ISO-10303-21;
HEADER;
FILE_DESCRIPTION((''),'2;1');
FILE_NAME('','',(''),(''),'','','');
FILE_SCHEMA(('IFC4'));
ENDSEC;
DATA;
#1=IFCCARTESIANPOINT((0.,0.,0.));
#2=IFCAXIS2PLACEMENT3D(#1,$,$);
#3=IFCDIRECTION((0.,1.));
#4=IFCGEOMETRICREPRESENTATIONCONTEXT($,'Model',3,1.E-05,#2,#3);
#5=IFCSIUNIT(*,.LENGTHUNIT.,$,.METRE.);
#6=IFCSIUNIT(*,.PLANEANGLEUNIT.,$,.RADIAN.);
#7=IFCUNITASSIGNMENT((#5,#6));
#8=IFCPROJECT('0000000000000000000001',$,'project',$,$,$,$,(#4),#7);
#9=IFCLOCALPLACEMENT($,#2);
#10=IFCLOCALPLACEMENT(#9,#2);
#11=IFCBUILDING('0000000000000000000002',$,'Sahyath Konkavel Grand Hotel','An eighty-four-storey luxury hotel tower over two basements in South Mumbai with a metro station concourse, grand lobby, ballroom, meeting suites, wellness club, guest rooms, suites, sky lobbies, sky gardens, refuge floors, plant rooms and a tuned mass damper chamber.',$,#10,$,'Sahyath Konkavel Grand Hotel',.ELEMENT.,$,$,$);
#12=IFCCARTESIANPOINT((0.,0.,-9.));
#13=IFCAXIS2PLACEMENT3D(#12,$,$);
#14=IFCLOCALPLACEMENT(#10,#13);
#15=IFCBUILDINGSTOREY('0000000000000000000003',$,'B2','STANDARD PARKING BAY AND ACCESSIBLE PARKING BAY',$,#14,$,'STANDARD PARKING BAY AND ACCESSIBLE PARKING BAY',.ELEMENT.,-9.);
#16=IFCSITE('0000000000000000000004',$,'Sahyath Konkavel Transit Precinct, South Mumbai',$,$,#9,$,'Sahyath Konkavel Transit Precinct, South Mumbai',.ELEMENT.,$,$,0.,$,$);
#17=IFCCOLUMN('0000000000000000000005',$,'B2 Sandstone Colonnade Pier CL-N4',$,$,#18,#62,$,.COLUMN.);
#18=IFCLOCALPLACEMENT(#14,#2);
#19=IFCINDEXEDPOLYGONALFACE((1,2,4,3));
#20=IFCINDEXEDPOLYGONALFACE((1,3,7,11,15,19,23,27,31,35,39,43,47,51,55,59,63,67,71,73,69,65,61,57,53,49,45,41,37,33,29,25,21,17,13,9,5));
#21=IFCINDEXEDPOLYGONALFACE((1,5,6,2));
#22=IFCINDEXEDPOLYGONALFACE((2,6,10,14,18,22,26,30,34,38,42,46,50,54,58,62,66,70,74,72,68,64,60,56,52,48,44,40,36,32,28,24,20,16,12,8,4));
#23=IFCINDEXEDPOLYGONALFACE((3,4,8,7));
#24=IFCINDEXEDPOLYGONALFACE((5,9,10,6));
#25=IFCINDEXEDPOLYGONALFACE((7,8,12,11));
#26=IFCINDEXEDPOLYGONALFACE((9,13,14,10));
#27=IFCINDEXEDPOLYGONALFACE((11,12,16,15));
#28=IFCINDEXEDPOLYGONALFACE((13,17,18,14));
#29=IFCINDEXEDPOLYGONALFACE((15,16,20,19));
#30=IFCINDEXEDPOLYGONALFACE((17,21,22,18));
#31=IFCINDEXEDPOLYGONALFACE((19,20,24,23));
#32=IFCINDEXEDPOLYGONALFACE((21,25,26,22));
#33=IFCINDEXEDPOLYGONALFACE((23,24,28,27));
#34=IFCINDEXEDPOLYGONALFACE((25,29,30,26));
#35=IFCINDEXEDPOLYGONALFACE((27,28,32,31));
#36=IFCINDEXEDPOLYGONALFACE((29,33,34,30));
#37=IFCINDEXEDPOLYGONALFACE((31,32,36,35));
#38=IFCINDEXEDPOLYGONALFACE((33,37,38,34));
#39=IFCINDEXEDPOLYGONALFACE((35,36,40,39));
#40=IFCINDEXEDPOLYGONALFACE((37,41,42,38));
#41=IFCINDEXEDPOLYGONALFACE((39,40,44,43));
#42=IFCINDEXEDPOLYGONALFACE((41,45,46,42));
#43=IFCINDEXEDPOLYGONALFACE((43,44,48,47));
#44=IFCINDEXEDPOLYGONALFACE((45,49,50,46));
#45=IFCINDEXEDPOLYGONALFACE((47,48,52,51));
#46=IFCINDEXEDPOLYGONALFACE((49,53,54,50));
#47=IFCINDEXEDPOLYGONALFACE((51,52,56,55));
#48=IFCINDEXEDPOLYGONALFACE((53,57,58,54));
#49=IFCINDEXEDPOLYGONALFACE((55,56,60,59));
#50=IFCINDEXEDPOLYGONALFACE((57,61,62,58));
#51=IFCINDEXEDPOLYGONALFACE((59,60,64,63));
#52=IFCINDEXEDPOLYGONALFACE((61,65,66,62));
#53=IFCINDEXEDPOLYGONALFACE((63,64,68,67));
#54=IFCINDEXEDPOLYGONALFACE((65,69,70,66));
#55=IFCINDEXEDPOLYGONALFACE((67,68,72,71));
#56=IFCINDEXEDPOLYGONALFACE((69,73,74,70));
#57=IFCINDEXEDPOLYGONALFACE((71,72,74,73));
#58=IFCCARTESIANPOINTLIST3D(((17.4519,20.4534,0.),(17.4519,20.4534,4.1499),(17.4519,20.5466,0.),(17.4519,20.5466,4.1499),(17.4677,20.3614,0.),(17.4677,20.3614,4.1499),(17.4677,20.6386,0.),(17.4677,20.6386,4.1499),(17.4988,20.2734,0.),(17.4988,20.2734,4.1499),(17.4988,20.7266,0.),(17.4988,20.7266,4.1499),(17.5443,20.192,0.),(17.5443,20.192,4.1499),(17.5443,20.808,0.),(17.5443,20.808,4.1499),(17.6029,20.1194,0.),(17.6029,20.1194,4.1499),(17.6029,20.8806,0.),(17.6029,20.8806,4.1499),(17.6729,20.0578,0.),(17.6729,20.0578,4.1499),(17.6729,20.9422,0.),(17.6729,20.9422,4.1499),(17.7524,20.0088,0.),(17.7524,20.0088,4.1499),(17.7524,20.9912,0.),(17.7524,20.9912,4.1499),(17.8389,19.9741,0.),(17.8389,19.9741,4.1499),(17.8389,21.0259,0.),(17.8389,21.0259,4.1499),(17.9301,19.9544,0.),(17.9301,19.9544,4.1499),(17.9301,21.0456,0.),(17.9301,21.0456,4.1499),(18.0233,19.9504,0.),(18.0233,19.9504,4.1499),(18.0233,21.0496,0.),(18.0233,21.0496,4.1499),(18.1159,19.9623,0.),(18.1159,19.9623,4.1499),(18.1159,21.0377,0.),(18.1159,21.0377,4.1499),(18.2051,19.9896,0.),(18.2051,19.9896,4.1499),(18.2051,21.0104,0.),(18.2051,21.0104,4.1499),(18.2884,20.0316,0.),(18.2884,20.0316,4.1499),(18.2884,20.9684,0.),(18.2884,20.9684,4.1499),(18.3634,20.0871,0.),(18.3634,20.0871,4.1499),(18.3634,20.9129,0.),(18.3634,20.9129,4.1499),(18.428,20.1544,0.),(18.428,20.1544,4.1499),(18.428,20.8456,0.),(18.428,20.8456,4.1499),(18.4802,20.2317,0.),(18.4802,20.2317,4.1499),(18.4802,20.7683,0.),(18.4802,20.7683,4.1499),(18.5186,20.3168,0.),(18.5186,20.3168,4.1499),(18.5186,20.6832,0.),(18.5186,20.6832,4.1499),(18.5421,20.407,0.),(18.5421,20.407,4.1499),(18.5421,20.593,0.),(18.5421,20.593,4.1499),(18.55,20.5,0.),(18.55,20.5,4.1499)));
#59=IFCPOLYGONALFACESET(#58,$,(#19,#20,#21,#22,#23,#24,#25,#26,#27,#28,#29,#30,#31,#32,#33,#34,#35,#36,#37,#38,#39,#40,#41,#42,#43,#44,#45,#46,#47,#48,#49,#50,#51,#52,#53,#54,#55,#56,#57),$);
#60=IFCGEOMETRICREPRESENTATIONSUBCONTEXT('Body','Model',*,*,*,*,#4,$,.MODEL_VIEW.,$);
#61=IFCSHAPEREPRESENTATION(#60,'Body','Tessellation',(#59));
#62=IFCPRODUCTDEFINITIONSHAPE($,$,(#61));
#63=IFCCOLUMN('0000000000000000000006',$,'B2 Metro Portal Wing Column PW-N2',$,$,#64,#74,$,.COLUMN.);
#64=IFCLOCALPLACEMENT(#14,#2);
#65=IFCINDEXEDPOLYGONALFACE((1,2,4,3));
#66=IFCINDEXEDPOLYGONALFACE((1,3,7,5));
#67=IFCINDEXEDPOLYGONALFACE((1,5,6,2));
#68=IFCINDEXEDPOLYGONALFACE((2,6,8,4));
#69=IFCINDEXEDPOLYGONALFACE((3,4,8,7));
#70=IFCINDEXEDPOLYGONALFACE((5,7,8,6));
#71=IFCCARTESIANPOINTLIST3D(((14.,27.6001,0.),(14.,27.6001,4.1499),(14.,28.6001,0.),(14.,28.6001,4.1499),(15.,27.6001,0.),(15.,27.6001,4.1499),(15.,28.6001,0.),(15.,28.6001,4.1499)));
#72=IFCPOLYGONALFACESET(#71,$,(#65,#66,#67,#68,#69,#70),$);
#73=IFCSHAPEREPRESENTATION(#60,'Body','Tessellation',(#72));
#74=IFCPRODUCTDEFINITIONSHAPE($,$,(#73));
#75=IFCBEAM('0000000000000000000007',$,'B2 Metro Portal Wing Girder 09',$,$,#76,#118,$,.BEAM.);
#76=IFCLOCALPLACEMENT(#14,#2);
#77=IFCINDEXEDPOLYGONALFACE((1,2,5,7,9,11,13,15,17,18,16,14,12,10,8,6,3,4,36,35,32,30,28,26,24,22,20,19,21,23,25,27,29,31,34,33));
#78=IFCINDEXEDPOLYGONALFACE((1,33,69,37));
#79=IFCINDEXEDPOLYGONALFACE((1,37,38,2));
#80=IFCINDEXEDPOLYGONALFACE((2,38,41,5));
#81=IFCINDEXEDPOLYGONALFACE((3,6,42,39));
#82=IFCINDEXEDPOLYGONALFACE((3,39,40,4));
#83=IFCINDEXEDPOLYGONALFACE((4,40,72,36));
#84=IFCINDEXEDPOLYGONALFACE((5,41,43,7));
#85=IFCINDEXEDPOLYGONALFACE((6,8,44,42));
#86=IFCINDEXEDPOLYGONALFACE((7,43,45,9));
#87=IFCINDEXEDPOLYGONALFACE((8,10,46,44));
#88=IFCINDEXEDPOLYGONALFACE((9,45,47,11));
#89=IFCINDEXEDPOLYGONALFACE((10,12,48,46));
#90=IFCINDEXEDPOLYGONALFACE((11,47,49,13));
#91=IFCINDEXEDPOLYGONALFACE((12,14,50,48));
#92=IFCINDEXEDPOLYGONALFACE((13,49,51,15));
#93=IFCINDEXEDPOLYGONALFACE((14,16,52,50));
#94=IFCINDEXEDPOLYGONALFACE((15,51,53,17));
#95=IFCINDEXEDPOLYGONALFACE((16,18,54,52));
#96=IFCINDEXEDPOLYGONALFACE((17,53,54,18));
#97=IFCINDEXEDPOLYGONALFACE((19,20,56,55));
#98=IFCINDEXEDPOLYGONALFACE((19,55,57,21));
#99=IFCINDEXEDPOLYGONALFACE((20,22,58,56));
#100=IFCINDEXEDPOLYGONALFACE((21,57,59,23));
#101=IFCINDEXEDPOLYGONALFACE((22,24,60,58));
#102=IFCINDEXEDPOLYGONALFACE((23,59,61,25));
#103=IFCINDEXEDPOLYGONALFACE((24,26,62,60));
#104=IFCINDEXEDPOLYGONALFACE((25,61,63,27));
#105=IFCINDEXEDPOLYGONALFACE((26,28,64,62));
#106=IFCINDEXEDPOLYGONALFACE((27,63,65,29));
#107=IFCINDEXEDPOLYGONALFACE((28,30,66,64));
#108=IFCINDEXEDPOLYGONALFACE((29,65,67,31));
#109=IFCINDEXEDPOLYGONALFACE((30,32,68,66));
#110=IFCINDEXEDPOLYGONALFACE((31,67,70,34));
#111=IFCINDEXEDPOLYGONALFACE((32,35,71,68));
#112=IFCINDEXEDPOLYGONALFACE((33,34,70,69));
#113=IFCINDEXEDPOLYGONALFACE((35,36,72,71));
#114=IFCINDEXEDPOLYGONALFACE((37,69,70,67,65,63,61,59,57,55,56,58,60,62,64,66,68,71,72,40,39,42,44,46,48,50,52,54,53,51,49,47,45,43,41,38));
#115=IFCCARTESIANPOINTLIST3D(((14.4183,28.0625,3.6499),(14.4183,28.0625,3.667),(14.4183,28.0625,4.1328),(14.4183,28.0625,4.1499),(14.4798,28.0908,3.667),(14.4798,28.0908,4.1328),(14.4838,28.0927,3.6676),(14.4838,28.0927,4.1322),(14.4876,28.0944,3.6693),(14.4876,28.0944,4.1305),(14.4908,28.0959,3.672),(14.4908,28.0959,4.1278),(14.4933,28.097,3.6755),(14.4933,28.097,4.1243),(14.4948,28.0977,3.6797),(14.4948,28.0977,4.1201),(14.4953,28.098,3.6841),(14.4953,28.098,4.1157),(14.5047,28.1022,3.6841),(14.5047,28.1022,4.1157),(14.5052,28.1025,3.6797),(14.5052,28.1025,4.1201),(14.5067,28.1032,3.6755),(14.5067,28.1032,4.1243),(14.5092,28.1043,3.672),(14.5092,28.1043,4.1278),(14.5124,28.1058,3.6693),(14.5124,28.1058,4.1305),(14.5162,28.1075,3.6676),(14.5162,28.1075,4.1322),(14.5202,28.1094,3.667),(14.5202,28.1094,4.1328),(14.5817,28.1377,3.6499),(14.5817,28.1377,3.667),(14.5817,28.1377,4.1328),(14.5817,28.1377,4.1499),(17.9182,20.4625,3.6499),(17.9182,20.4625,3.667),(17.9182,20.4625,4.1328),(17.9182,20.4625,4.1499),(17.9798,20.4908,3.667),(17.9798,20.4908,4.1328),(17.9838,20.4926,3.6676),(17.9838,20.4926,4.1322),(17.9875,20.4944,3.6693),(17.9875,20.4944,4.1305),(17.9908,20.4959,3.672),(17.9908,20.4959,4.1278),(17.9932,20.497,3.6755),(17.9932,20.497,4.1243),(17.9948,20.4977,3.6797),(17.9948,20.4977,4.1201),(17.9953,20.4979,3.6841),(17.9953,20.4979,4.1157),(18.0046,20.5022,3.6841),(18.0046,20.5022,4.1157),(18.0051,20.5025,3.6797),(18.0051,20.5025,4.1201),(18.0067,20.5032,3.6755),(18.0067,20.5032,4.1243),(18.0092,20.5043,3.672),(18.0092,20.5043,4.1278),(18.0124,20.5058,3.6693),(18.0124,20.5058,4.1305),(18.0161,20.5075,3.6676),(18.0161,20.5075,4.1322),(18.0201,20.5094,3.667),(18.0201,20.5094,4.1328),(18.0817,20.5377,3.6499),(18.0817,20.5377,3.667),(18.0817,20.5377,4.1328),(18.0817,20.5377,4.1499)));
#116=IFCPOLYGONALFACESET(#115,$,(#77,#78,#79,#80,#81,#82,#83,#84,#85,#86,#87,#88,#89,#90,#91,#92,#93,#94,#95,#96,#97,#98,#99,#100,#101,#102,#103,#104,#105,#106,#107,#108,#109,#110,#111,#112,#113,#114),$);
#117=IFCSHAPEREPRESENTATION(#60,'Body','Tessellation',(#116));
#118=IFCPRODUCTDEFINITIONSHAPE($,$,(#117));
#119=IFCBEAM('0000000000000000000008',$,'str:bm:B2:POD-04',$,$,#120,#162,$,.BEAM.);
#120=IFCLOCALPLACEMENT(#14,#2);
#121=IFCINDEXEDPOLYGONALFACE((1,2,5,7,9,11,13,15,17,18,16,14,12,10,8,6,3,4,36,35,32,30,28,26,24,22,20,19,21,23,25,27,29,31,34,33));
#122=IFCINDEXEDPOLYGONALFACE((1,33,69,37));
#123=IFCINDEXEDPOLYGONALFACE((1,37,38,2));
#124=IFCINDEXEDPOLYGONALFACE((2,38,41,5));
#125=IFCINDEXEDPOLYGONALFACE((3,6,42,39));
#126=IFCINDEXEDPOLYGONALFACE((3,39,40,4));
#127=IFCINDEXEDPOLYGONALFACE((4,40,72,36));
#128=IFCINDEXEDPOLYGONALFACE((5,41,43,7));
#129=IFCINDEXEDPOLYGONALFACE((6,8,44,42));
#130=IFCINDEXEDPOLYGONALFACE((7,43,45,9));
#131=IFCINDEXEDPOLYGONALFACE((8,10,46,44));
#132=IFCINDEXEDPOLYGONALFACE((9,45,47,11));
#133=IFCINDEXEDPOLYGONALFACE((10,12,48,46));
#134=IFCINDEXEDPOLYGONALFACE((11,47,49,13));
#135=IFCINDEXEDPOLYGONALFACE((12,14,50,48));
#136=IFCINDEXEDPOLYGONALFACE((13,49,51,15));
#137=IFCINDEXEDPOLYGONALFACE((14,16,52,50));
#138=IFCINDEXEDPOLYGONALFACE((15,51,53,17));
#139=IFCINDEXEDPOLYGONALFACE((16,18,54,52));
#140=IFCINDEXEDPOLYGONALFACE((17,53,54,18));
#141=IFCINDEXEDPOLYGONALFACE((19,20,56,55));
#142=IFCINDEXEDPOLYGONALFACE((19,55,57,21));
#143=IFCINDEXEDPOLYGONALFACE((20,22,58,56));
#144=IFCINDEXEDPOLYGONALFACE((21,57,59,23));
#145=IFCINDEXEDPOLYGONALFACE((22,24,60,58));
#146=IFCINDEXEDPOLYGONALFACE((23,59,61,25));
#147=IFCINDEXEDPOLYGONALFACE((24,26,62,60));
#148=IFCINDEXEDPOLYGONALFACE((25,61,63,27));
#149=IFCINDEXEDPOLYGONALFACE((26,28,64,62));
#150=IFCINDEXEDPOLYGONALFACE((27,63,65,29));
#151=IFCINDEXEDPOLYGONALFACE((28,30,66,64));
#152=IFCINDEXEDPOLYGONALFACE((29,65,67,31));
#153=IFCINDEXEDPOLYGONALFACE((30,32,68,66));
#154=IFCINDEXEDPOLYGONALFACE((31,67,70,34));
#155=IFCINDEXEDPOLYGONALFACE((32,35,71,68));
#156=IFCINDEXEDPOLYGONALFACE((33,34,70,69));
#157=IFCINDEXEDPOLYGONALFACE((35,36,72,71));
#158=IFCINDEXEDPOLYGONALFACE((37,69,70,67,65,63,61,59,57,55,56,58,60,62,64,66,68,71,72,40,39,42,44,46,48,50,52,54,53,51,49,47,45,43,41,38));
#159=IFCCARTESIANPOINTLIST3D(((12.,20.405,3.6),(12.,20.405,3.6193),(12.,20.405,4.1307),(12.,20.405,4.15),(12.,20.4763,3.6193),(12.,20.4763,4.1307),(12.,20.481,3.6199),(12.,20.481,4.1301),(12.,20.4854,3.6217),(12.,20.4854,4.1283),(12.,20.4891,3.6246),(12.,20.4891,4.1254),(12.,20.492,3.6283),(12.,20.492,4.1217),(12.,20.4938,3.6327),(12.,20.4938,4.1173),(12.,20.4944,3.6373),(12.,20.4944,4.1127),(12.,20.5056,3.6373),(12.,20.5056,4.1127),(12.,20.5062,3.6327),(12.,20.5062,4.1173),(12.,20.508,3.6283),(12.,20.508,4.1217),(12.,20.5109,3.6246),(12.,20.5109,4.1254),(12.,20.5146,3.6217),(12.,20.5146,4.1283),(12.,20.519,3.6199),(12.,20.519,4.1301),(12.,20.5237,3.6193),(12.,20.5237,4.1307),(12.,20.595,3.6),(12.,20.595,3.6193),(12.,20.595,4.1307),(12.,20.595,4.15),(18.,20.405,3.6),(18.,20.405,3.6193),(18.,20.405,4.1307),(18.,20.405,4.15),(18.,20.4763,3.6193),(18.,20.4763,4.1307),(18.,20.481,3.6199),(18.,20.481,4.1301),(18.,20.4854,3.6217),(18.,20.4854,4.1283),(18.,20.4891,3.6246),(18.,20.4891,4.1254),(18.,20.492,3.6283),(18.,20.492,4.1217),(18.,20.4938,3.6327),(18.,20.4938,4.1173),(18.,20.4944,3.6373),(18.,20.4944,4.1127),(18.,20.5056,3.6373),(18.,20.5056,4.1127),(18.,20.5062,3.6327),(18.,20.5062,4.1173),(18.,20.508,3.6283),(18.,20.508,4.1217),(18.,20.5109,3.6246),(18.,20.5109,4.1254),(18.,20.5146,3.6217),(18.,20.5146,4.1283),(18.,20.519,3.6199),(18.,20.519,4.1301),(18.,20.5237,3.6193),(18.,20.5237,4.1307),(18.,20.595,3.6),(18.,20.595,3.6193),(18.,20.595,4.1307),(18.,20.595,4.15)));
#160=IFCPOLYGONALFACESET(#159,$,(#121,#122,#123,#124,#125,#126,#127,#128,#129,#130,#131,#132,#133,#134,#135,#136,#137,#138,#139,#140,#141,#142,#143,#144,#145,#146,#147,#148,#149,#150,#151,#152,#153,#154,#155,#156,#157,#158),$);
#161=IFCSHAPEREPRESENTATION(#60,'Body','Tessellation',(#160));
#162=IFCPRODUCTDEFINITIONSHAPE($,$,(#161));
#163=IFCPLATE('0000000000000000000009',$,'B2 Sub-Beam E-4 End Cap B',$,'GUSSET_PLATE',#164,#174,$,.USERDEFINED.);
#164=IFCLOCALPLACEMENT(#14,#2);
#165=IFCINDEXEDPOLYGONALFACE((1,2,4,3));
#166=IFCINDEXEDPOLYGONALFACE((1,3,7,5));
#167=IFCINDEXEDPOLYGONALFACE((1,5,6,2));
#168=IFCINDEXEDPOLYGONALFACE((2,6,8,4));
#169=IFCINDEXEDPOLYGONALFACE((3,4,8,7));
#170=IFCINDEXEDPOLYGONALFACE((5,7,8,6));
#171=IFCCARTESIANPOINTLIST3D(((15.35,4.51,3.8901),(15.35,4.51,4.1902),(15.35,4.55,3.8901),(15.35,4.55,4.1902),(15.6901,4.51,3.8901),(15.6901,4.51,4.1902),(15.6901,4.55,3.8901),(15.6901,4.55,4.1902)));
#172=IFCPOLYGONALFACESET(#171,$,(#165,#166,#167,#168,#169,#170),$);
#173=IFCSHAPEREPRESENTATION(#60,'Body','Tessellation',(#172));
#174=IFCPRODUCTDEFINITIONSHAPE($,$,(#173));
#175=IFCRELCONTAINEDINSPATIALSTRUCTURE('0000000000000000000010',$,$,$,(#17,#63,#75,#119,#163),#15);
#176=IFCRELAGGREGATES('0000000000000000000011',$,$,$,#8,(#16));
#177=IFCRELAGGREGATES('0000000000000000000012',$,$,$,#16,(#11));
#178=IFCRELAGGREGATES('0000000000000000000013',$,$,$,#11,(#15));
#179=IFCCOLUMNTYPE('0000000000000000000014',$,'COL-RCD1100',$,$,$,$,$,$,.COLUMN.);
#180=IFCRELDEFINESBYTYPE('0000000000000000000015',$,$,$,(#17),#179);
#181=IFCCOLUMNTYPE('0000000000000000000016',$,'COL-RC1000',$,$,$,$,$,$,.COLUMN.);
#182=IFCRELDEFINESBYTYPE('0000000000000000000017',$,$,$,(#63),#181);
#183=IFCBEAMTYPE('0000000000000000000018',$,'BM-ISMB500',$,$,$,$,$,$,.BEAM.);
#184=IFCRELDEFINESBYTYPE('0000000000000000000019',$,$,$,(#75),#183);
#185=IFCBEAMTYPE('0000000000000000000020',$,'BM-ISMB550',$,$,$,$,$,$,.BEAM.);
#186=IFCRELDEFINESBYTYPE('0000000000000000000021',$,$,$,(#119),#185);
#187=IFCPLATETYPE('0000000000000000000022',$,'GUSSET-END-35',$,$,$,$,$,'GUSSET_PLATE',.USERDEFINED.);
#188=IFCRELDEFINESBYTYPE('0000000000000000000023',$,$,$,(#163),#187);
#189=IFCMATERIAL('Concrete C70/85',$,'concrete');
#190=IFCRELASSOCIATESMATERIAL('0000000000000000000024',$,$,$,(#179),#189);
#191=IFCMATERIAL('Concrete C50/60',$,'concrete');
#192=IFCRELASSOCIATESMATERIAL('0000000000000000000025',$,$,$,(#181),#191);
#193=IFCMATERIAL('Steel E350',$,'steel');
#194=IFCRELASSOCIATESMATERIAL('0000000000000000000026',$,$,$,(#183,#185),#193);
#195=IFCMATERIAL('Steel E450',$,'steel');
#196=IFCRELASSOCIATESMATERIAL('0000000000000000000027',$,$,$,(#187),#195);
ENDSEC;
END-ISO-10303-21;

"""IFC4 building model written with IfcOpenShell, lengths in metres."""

from ifc_helpers import new_model, si_unit, direction, frame, origin, origin_2d, place, context, subcontext, project, spatial, rectangle, circle, i_section, extrude, source, transform, mapped, material, material_profile, profile_set, type_object, element, save


model = new_model("IFC4")

# Units and contexts
model_context = context("Model", 3, precision=1e-05, world=origin(), true_north=direction((0.0, 1.0)))
body_context = subcontext(model_context, "Body", "Model", "MODEL_VIEW")
ifc_project = project(units=[si_unit("LENGTHUNIT", "METRE"), si_unit("PLANEANGLEUNIT", "RADIAN")], contexts=[model_context])

# Site, building, storey
site_placement = place(None, origin())
site = spatial("IfcSite", under=ifc_project, at=site_placement, Name="Sahyath Konkavel Transit Precinct, South Mumbai", LongName="Sahyath Konkavel Transit Precinct, South Mumbai", CompositionType="ELEMENT", RefElevation=0.0)
building_placement = place(site_placement, origin())
building = spatial("IfcBuilding", under=site, at=building_placement, Name="Sahyath Konkavel Grand Hotel", Description="An eighty-four-storey luxury hotel tower over two basements in South Mumbai with a metro station concourse, grand lobby, ballroom, meeting suites, wellness club, guest rooms, suites, sky lobbies, sky gardens, refuge floors, plant rooms and a tuned mass damper chamber.", LongName="Sahyath Konkavel Grand Hotel", CompositionType="ELEMENT")
storey_placement = place(building_placement, frame((0.0, 0.0, -9.0)))
storey = spatial("IfcBuildingStorey", under=building, at=storey_placement, Name="B2", Description="STANDARD PARKING BAY AND ACCESSIBLE PARKING BAY", LongName="STANDARD PARKING BAY AND ACCESSIBLE PARKING BAY", CompositionType="ELEMENT", Elevation=-9.0)

# Shared definitions
ifc_material_1 = material(Name="Concrete C50/60", Category="concrete")

# Columns
ifc_material_2 = material(Name="Concrete C70/85", Category="concrete")
ifc_material_profile_1 = material_profile(ifc_material_2, circle(Radius=0.55, at=origin_2d()), Name="RC D1100")
ifc_profile_set_1 = profile_set([ifc_material_profile_1], Name="Concrete C70/85")
column_type_1 = type_object("IfcColumnType", Name="COL-RCD1100", PredefinedType="COLUMN", material=ifc_profile_set_1)
shared_shape_1 = source(origin(), body_context, "Body", "SweptSolid", [
    extrude(circle(Radius=0.55, at=origin_2d()), origin(), (0.0, 0.0, 1.0), 4.1499),
])
for number, where, z_axis, x_axis, name in (
    (1, (18.0, 20.5, 0.0), (0.0, 0.0, 1.0), (1.0, 0.0, 0.0), "B2 Sandstone Colonnade Pier CL-N4"),
):
    element("IfcColumn", number, at=place(storey_placement, frame(where, z_axis=z_axis, x_axis=x_axis)), inside=storey, type_object=column_type_1, Name=name, PredefinedType="COLUMN", context=body_context, shape_type="MappedRepresentation", body=[
        mapped(shared_shape_1, transform((0.0, 0.0, 0.0), scale=1.0)),
    ])
ifc_material_profile_2 = material_profile(ifc_material_1, rectangle(XDim=1.0, YDim=1.0, at=origin_2d()), Name="RC 1000x1000")
ifc_profile_set_2 = profile_set([ifc_material_profile_2], Name="Concrete C50/60")
column_type_2 = type_object("IfcColumnType", Name="COL-RC1000", PredefinedType="COLUMN", material=ifc_profile_set_2)
shared_shape_2 = source(origin(), body_context, "Body", "SweptSolid", [
    extrude(rectangle(XDim=1.0, YDim=1.0, at=origin_2d()), origin(), (0.0, 0.0, 1.0), 4.1499),
])
column_placement = place(storey_placement, frame((14.5, 28.1001, 0.0), z_axis=(0.0, 0.0, 1.0), x_axis=(1.0, 0.0, 0.0)))
element("IfcColumn", 2, at=column_placement, inside=storey, type_object=column_type_2, Name="B2 Metro Portal Wing Column PW-N2", PredefinedType="COLUMN", context=body_context, shape_type="MappedRepresentation", body=[
    mapped(shared_shape_2, transform((0.0, 0.0, 0.0), scale=1.0)),
])

# Beams
ifc_material_3 = material(Name="Steel E350", Category="steel")
ifc_material_profile_3 = material_profile(ifc_material_3, i_section(OverallWidth=0.1799, OverallDepth=0.5, WebThickness=0.0103, FlangeThickness=0.0171, FilletRadius=0.0171, at=origin_2d()), Name="ISMB 500")
ifc_profile_set_3 = profile_set([ifc_material_profile_3], Name="Steel E350")
beam_type_1 = type_object("IfcBeamType", Name="BM-ISMB500", PredefinedType="BEAM", material=ifc_profile_set_3)
shared_shape_3 = source(origin(), body_context, "Body", "SweptSolid", [
    extrude(i_section(OverallWidth=0.1799, OverallDepth=0.5, WebThickness=0.0103, FlangeThickness=0.0171, FilletRadius=0.0171, at=origin_2d()), origin(), (0.0, 0.0, 1.0), 8.3672),
])
beam_1_placement = place(storey_placement, frame((14.5, 28.1001, 3.8999), z_axis=(0.418296, -0.908311, 0.0), x_axis=(0.908311, 0.418296, 0.0)))
element("IfcBeam", 3, at=beam_1_placement, inside=storey, type_object=beam_type_1, Name="B2 Metro Portal Wing Girder 09", PredefinedType="BEAM", context=body_context, shape_type="MappedRepresentation", body=[
    mapped(shared_shape_3, transform((0.0, 0.0, 0.0), scale=1.0)),
])
ifc_material_profile_4 = material_profile(ifc_material_3, i_section(OverallWidth=0.1899, OverallDepth=0.55, WebThickness=0.0112, FlangeThickness=0.0193, FilletRadius=0.0181, at=origin_2d()), Name="ISMB 550")
ifc_profile_set_4 = profile_set([ifc_material_profile_4], Name="Steel E350")
beam_type_2 = type_object("IfcBeamType", Name="BM-ISMB550", PredefinedType="BEAM", material=ifc_profile_set_4)
shared_shape_4 = source(origin(), body_context, "Body", "SweptSolid", [
    extrude(i_section(OverallWidth=0.1899, OverallDepth=0.55, WebThickness=0.0112, FlangeThickness=0.0193, FilletRadius=0.0181, at=origin_2d()), origin(), (0.0, 0.0, 1.0), 6.0),
])
beam_2_placement = place(storey_placement, frame((12.0, 20.5, 3.875), z_axis=(1.0, 0.0, 0.0), x_axis=(0.0, 1.0, 0.0)))
element("IfcBeam", 4, at=beam_2_placement, inside=storey, type_object=beam_type_2, Name="str:bm:B2:POD-04", PredefinedType="BEAM", context=body_context, shape_type="MappedRepresentation", body=[
    mapped(shared_shape_4, transform((0.0, 0.0, 0.0), scale=1.0)),
])

# Plate
ifc_material_4 = material(Name="Steel E450", Category="steel")
plate_type = type_object("IfcPlateType", Name="GUSSET-END-35", ElementType="GUSSET_PLATE", PredefinedType="USERDEFINED", material=ifc_material_4)
shared_shape_5 = source(origin(), body_context, "Body", "SweptSolid", [
    extrude(rectangle(XDim=0.04, YDim=0.3401, at=origin_2d()), origin(), (0.0, 0.0, 1.0), 0.3),
])
plate_placement = place(storey_placement, frame((15.52, 4.53, 3.8901), z_axis=(0.0, 0.0, 1.0), x_axis=(0.0, 1.0, 0.0)))
element("IfcPlate", 5, at=plate_placement, inside=storey, type_object=plate_type, Name="B2 Sub-Beam E-4 End Cap B", ObjectType="GUSSET_PLATE", PredefinedType="USERDEFINED", context=body_context, shape_type="MappedRepresentation", body=[
    mapped(shared_shape_5, transform((0.0, 0.0, 0.0), scale=1.0)),
])

save(model, "model.ifc")
